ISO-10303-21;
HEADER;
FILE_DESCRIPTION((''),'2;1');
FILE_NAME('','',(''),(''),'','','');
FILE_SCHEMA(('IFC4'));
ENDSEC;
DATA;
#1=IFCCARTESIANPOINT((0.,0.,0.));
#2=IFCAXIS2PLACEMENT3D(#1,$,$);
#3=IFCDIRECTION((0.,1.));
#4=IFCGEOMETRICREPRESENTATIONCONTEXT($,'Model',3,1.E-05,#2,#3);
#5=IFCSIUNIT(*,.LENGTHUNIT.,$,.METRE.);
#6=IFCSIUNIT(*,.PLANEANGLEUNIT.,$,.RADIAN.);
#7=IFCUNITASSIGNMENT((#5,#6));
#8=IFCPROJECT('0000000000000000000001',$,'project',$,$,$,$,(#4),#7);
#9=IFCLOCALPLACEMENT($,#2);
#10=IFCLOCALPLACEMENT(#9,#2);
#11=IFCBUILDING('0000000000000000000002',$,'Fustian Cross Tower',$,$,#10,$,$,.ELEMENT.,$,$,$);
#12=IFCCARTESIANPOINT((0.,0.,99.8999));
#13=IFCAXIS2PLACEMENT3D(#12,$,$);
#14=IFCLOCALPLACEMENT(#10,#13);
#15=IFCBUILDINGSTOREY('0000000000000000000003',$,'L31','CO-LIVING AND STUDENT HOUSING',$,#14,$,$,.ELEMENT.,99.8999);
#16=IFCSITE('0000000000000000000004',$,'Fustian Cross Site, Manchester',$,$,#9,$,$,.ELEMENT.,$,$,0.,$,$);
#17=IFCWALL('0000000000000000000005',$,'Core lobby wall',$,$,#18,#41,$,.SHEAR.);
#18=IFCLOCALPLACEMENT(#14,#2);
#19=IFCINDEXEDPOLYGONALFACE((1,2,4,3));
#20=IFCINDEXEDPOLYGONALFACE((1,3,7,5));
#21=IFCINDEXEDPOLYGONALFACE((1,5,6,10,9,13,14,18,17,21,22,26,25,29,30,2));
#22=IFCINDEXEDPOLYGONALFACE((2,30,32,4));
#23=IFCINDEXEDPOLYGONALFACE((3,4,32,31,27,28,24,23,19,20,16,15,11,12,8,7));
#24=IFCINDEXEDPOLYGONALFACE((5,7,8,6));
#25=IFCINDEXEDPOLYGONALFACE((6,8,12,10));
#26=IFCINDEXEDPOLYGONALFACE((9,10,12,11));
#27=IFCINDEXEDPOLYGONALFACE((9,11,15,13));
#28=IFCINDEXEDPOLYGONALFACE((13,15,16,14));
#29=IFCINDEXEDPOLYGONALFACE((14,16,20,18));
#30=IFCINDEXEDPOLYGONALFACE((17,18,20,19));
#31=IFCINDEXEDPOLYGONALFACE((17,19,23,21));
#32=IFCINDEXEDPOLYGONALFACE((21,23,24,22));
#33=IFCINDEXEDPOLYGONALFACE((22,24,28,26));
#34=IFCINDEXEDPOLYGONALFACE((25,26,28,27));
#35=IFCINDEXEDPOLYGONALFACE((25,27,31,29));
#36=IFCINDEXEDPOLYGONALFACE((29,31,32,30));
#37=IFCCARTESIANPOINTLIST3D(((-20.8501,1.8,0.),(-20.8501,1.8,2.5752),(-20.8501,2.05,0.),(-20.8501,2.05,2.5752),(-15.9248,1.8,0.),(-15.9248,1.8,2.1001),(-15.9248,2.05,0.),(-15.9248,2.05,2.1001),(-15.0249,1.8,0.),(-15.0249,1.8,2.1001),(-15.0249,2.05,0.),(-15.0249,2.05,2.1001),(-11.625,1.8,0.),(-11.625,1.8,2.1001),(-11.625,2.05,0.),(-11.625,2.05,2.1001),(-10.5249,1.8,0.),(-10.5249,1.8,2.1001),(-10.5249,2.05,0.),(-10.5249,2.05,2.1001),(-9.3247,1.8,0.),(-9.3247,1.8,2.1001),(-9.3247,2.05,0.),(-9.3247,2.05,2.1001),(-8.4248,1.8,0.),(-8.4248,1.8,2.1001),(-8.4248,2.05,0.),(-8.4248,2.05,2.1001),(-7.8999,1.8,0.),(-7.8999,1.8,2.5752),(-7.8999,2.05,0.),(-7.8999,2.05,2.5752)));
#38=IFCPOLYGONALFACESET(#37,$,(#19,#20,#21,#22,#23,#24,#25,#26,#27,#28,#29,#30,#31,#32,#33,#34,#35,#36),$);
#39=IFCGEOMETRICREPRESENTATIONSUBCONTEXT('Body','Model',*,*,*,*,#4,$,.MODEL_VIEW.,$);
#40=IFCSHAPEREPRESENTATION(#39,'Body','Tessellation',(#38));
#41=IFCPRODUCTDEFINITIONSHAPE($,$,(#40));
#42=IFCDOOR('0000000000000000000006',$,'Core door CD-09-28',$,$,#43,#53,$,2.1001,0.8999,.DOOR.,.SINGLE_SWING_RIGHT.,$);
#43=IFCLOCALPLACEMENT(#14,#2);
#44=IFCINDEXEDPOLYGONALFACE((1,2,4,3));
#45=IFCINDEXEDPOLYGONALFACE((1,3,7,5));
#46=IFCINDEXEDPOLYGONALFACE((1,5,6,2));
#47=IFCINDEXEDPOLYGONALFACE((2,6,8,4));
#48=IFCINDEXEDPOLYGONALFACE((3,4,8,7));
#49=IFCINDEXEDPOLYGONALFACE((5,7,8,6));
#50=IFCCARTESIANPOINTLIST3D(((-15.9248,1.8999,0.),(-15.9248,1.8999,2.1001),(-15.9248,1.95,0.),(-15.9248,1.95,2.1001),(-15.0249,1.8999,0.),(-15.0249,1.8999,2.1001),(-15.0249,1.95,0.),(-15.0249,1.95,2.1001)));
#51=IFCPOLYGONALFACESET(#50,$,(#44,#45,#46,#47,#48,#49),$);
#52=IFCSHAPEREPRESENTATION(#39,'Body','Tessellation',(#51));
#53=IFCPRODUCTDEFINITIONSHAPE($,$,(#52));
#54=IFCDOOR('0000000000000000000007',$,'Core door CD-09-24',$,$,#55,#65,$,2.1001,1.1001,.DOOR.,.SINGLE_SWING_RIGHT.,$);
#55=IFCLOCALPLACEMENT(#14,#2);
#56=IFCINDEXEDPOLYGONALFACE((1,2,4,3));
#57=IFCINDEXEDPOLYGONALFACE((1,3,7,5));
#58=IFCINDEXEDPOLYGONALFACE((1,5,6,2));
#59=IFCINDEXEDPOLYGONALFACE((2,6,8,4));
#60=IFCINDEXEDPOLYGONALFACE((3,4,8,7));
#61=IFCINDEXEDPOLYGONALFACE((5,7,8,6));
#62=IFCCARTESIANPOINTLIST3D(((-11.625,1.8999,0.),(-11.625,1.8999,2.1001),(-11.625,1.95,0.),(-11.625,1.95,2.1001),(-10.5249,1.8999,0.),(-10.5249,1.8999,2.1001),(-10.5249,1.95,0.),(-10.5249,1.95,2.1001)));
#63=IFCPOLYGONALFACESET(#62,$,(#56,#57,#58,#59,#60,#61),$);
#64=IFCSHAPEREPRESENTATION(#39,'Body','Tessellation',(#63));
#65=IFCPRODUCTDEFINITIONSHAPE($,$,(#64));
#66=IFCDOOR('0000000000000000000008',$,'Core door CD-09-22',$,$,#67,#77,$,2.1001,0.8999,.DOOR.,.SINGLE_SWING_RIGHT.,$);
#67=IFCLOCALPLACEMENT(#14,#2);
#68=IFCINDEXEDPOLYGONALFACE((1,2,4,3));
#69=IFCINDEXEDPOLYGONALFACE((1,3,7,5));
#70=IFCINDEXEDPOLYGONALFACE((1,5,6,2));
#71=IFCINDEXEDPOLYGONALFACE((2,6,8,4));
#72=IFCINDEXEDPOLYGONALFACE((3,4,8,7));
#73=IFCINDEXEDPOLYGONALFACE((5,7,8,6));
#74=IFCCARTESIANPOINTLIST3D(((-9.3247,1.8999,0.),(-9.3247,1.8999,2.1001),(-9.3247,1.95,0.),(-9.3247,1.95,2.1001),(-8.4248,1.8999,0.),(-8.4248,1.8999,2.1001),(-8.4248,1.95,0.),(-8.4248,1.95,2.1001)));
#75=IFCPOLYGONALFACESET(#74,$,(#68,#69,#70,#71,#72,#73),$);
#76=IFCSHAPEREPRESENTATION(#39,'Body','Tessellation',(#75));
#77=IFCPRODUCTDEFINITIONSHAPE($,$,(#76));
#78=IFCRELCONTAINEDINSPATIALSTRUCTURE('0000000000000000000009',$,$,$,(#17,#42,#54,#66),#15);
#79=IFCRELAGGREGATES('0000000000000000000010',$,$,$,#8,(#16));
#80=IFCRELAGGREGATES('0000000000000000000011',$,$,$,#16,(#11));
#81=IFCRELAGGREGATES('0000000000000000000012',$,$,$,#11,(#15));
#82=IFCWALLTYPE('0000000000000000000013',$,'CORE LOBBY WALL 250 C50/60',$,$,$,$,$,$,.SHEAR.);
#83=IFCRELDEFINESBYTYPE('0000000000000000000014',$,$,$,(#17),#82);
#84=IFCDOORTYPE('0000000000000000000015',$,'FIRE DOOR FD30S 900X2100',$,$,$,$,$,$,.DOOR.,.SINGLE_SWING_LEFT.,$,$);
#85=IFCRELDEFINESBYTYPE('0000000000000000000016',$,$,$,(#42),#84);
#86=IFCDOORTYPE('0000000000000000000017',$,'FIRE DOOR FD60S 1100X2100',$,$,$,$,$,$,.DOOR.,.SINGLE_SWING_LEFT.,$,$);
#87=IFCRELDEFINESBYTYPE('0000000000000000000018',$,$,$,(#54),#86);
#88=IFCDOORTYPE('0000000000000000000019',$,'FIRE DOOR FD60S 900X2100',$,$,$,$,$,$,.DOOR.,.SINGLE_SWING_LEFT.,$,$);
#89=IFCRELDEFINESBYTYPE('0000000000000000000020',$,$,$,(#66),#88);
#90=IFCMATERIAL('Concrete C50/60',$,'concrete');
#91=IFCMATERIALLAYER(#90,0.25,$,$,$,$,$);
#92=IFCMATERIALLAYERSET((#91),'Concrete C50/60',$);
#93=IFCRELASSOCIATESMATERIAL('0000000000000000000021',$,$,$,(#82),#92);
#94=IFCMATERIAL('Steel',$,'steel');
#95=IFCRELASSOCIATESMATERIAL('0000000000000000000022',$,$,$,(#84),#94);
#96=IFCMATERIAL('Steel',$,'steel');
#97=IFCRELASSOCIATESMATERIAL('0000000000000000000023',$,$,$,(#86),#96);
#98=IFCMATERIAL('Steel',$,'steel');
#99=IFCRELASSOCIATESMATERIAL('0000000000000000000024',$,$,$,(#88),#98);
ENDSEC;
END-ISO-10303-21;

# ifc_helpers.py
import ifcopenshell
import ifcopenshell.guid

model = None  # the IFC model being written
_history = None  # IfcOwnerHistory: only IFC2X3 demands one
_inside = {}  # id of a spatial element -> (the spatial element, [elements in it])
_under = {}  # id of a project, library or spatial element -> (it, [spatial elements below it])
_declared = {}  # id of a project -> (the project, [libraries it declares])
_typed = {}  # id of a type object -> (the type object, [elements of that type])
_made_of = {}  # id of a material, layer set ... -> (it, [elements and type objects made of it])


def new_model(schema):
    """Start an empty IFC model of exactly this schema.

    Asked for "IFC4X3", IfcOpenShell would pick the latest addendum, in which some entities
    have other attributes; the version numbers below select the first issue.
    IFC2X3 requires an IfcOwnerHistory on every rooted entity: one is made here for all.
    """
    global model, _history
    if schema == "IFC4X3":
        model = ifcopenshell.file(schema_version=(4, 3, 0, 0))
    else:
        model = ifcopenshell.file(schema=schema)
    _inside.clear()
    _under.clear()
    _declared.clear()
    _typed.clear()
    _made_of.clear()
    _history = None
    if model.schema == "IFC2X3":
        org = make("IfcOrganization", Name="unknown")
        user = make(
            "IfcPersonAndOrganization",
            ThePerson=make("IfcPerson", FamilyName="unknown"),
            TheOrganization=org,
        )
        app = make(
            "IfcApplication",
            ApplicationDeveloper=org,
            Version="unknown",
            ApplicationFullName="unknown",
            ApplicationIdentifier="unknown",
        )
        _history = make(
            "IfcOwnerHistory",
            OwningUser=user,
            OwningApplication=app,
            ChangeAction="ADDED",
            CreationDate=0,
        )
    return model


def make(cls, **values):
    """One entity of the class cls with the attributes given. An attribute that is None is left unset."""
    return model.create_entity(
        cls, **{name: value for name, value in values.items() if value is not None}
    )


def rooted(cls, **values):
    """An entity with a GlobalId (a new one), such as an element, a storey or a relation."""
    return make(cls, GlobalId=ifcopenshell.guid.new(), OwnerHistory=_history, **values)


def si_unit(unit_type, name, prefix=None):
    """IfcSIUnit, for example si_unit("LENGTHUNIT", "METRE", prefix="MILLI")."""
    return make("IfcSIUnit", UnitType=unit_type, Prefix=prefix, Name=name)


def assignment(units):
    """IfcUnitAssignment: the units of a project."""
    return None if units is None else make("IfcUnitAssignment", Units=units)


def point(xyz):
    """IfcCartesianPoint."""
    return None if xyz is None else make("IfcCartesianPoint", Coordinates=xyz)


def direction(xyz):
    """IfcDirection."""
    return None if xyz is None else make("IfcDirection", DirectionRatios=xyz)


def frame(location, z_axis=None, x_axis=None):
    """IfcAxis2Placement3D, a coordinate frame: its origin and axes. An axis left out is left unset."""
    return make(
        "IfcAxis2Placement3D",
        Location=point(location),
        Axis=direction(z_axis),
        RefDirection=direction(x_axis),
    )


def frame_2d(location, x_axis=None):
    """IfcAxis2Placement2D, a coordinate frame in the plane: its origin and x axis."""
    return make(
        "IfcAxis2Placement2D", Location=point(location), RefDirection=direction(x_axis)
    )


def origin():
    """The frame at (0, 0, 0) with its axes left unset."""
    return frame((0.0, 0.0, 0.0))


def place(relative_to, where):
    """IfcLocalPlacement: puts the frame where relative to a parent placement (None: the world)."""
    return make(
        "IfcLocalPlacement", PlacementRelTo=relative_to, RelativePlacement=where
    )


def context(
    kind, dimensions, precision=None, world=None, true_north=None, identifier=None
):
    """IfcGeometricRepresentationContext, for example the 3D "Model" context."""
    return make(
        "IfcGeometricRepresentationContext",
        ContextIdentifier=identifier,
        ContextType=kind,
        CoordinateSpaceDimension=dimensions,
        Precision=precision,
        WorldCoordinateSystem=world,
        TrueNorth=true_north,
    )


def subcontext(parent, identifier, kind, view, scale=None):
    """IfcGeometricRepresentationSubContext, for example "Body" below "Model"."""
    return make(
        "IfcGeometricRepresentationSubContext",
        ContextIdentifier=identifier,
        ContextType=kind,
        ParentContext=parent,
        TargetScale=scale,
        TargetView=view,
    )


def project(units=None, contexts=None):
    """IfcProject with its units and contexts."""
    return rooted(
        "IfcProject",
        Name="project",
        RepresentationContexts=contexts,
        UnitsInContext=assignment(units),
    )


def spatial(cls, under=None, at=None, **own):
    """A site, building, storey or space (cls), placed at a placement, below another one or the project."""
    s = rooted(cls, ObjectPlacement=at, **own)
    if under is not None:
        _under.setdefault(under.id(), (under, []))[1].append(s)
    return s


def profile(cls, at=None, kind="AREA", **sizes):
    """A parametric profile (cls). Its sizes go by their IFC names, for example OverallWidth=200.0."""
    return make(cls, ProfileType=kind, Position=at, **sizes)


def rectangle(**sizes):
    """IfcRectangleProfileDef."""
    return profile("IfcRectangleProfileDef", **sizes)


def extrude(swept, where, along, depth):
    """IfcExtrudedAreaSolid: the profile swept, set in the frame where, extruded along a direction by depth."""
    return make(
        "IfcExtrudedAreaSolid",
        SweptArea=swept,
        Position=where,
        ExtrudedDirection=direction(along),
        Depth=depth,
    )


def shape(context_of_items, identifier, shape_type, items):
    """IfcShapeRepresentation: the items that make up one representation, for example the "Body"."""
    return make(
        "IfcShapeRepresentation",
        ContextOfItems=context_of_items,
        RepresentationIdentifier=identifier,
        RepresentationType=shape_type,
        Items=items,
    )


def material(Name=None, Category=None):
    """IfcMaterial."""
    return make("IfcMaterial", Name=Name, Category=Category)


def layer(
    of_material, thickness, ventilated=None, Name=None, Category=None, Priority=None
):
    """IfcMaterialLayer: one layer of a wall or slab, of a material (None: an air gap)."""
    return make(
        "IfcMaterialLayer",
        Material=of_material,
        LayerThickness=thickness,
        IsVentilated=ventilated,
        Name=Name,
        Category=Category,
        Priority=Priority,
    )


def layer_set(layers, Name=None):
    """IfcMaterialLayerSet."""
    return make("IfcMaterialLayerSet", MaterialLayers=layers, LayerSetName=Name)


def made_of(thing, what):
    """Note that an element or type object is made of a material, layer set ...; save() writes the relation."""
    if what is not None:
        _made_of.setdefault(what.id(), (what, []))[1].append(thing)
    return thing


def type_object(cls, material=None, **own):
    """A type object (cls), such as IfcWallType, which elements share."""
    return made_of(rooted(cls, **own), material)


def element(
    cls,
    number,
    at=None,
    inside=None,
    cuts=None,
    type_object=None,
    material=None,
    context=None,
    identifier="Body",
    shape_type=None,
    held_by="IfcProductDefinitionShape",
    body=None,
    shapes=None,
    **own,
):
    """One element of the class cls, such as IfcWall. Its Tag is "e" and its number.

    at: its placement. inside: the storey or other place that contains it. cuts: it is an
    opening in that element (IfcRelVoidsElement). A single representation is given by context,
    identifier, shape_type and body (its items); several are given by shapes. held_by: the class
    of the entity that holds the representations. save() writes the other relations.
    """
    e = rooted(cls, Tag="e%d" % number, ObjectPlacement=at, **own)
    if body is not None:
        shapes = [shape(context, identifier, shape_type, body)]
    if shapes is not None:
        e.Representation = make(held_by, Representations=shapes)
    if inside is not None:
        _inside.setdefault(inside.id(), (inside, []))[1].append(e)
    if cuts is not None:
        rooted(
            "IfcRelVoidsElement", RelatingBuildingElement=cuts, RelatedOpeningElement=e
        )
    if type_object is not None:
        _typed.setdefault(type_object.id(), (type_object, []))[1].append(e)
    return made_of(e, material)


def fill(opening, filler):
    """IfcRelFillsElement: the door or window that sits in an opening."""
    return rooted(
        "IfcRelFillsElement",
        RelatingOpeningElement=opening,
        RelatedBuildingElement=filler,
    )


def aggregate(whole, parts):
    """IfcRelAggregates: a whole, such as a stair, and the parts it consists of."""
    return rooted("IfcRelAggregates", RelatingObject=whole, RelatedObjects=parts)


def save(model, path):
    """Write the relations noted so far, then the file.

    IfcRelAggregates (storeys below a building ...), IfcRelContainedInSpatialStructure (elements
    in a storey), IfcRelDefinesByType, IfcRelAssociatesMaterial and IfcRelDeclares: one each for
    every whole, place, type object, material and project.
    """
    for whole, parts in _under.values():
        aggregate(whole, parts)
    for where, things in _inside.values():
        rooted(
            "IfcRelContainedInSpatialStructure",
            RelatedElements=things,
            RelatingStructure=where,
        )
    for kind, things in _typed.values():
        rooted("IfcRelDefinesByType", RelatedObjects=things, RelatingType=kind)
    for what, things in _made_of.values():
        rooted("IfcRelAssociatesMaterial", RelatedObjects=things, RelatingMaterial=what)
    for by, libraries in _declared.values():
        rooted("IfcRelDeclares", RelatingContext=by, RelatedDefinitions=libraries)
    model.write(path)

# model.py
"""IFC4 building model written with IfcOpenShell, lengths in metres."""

from ifc_helpers import new_model, si_unit, direction, frame, frame_2d, origin, place, context, subcontext, project, spatial, rectangle, extrude, material, layer, layer_set, type_object, element, fill, save


model = new_model("IFC4")

# Units and contexts
model_context = context("Model", 3, precision=1e-05, world=origin(), true_north=direction((0.0, 1.0)))
body_context = subcontext(model_context, "Body", "Model", "MODEL_VIEW")
ifc_project = project(units=[si_unit("LENGTHUNIT", "METRE"), si_unit("PLANEANGLEUNIT", "RADIAN")], contexts=[model_context])

# Site, building, storey
site_placement = place(None, origin())
site = spatial("IfcSite", under=ifc_project, at=site_placement, Name="Fustian Cross Site, Manchester", CompositionType="ELEMENT", RefElevation=0.0)
building_placement = place(site_placement, origin())
building = spatial("IfcBuilding", under=site, at=building_placement, Name="Fustian Cross Tower", CompositionType="ELEMENT")
storey_placement = place(building_placement, frame((0.0, 0.0, 99.8999)))
storey = spatial("IfcBuildingStorey", under=building, at=storey_placement, Name="L31", Description="CO-LIVING AND STUDENT HOUSING", CompositionType="ELEMENT", Elevation=99.8999)

# Wall, openings, doors
ifc_material_1 = material(Name="Concrete C50/60", Category="concrete")
ifc_layer_1 = layer(ifc_material_1, 0.25)
ifc_layer_set_1 = layer_set([ifc_layer_1], Name="Concrete C50/60")
wall_type_1 = type_object("IfcWallType", Name="CORE LOBBY WALL 250 C50/60", PredefinedType="SHEAR", material=ifc_layer_set_1)
wall_1_placement = place(storey_placement, frame((-7.8999, 1.925, 0.0), z_axis=(0.0, 0.0, 1.0), x_axis=(-1.0, 0.0, 0.0)))
wall_1 = element("IfcWall", 1, at=wall_1_placement, inside=storey, type_object=wall_type_1, Name="Core lobby wall", PredefinedType="SHEAR", context=body_context, shape_type="SweptSolid", body=[
    extrude(rectangle(XDim=12.9502, YDim=0.25, at=frame_2d((6.4751, 0.0))), origin(), (0.0, 0.0, 1.0), 2.5752),
])
opening_1_placement = place(wall_1_placement, frame((0.5249, 0.0, 0.0)))
opening_1 = element("IfcOpeningElement", 2, at=opening_1_placement, cuts=wall_1, PredefinedType="OPENING", context=body_context, shape_type="SweptSolid", body=[
    extrude(rectangle(XDim=0.8999, YDim=2.1001, at=frame_2d((0.45, 1.05))), frame((0.0, 0.135, 0.0), z_axis=(0.0, -1.0, 0.0), x_axis=(1.0, 0.0, 0.0)), (0.0, 0.0, 1.0), 0.27),
])
opening_2_placement = place(wall_1_placement, frame((2.625, 0.0, 0.0)))
opening_2 = element("IfcOpeningElement", 3, at=opening_2_placement, cuts=wall_1, PredefinedType="OPENING", context=body_context, shape_type="SweptSolid", body=[
    extrude(rectangle(XDim=1.1001, YDim=2.1001, at=frame_2d((0.55, 1.05))), frame((0.0, 0.135, 0.0), z_axis=(0.0, -1.0, 0.0), x_axis=(1.0, 0.0, 0.0)), (0.0, 0.0, 1.0), 0.27),
])
opening_3_placement = place(wall_1_placement, frame((7.125, 0.0, 0.0)))
opening_3 = element("IfcOpeningElement", 4, at=opening_3_placement, cuts=wall_1, PredefinedType="OPENING", context=body_context, shape_type="SweptSolid", body=[
    extrude(rectangle(XDim=0.8999, YDim=2.1001, at=frame_2d((0.45, 1.05))), frame((0.0, 0.135, 0.0), z_axis=(0.0, -1.0, 0.0), x_axis=(1.0, 0.0, 0.0)), (0.0, 0.0, 1.0), 0.27),
])
ifc_material_2 = material(Name="Steel", Category="steel")
door_type_1 = type_object("IfcDoorType", Name="FIRE DOOR FD30S 900X2100", OperationType="SINGLE_SWING_LEFT", PredefinedType="DOOR", material=ifc_material_2)
door_1_placement = place(opening_3_placement, frame((0.8999, 0.0, 0.0), z_axis=(0.0, 0.0, 1.0), x_axis=(-1.0, 0.0, 0.0)))
door_1 = element("IfcDoor", 5, at=door_1_placement, inside=storey, type_object=door_type_1, Name="Core door CD-09-28", OperationType="SINGLE_SWING_RIGHT", OverallHeight=2.1001, OverallWidth=0.8999, PredefinedType="DOOR", context=body_context, shape_type="SweptSolid", body=[
    extrude(rectangle(XDim=0.8999, YDim=2.1001, at=frame_2d((0.45, 1.05))), frame((0.0, 0.0249, 0.0), z_axis=(0.0, -1.0, 0.0), x_axis=(1.0, 0.0, 0.0)), (0.0, 0.0, 1.0), 0.05),
])
fill(opening_3, door_1)
ifc_material_3 = material(Name="Steel", Category="steel")
door_type_2 = type_object("IfcDoorType", Name="FIRE DOOR FD60S 1100X2100", OperationType="SINGLE_SWING_LEFT", PredefinedType="DOOR", material=ifc_material_3)
door_2_placement = place(opening_2_placement, frame((1.1001, 0.0, 0.0), z_axis=(0.0, 0.0, 1.0), x_axis=(-1.0, 0.0, 0.0)))
door_2 = element("IfcDoor", 6, at=door_2_placement, inside=storey, type_object=door_type_2, Name="Core door CD-09-24", OperationType="SINGLE_SWING_RIGHT", OverallHeight=2.1001, OverallWidth=1.1001, PredefinedType="DOOR", context=body_context, shape_type="SweptSolid", body=[
    extrude(rectangle(XDim=1.1001, YDim=2.1001, at=frame_2d((0.55, 1.05))), frame((0.0, 0.0249, 0.0), z_axis=(0.0, -1.0, 0.0), x_axis=(1.0, 0.0, 0.0)), (0.0, 0.0, 1.0), 0.05),
])
fill(opening_2, door_2)
ifc_material_4 = material(Name="Steel", Category="steel")
door_type_3 = type_object("IfcDoorType", Name="FIRE DOOR FD60S 900X2100", OperationType="SINGLE_SWING_LEFT", PredefinedType="DOOR", material=ifc_material_4)
door_3_placement = place(opening_1_placement, frame((0.8999, 0.0, 0.0), z_axis=(0.0, 0.0, 1.0), x_axis=(-1.0, 0.0, 0.0)))
door_3 = element("IfcDoor", 7, at=door_3_placement, inside=storey, type_object=door_type_3, Name="Core door CD-09-22", OperationType="SINGLE_SWING_RIGHT", OverallHeight=2.1001, OverallWidth=0.8999, PredefinedType="DOOR", context=body_context, shape_type="SweptSolid", body=[
    extrude(rectangle(XDim=0.8999, YDim=2.1001, at=frame_2d((0.45, 1.05))), frame((0.0, 0.0249, 0.0), z_axis=(0.0, -1.0, 0.0), x_axis=(1.0, 0.0, 0.0)), (0.0, 0.0, 1.0), 0.05),
])
fill(opening_1, door_3)

save(model, "model.ifc")
